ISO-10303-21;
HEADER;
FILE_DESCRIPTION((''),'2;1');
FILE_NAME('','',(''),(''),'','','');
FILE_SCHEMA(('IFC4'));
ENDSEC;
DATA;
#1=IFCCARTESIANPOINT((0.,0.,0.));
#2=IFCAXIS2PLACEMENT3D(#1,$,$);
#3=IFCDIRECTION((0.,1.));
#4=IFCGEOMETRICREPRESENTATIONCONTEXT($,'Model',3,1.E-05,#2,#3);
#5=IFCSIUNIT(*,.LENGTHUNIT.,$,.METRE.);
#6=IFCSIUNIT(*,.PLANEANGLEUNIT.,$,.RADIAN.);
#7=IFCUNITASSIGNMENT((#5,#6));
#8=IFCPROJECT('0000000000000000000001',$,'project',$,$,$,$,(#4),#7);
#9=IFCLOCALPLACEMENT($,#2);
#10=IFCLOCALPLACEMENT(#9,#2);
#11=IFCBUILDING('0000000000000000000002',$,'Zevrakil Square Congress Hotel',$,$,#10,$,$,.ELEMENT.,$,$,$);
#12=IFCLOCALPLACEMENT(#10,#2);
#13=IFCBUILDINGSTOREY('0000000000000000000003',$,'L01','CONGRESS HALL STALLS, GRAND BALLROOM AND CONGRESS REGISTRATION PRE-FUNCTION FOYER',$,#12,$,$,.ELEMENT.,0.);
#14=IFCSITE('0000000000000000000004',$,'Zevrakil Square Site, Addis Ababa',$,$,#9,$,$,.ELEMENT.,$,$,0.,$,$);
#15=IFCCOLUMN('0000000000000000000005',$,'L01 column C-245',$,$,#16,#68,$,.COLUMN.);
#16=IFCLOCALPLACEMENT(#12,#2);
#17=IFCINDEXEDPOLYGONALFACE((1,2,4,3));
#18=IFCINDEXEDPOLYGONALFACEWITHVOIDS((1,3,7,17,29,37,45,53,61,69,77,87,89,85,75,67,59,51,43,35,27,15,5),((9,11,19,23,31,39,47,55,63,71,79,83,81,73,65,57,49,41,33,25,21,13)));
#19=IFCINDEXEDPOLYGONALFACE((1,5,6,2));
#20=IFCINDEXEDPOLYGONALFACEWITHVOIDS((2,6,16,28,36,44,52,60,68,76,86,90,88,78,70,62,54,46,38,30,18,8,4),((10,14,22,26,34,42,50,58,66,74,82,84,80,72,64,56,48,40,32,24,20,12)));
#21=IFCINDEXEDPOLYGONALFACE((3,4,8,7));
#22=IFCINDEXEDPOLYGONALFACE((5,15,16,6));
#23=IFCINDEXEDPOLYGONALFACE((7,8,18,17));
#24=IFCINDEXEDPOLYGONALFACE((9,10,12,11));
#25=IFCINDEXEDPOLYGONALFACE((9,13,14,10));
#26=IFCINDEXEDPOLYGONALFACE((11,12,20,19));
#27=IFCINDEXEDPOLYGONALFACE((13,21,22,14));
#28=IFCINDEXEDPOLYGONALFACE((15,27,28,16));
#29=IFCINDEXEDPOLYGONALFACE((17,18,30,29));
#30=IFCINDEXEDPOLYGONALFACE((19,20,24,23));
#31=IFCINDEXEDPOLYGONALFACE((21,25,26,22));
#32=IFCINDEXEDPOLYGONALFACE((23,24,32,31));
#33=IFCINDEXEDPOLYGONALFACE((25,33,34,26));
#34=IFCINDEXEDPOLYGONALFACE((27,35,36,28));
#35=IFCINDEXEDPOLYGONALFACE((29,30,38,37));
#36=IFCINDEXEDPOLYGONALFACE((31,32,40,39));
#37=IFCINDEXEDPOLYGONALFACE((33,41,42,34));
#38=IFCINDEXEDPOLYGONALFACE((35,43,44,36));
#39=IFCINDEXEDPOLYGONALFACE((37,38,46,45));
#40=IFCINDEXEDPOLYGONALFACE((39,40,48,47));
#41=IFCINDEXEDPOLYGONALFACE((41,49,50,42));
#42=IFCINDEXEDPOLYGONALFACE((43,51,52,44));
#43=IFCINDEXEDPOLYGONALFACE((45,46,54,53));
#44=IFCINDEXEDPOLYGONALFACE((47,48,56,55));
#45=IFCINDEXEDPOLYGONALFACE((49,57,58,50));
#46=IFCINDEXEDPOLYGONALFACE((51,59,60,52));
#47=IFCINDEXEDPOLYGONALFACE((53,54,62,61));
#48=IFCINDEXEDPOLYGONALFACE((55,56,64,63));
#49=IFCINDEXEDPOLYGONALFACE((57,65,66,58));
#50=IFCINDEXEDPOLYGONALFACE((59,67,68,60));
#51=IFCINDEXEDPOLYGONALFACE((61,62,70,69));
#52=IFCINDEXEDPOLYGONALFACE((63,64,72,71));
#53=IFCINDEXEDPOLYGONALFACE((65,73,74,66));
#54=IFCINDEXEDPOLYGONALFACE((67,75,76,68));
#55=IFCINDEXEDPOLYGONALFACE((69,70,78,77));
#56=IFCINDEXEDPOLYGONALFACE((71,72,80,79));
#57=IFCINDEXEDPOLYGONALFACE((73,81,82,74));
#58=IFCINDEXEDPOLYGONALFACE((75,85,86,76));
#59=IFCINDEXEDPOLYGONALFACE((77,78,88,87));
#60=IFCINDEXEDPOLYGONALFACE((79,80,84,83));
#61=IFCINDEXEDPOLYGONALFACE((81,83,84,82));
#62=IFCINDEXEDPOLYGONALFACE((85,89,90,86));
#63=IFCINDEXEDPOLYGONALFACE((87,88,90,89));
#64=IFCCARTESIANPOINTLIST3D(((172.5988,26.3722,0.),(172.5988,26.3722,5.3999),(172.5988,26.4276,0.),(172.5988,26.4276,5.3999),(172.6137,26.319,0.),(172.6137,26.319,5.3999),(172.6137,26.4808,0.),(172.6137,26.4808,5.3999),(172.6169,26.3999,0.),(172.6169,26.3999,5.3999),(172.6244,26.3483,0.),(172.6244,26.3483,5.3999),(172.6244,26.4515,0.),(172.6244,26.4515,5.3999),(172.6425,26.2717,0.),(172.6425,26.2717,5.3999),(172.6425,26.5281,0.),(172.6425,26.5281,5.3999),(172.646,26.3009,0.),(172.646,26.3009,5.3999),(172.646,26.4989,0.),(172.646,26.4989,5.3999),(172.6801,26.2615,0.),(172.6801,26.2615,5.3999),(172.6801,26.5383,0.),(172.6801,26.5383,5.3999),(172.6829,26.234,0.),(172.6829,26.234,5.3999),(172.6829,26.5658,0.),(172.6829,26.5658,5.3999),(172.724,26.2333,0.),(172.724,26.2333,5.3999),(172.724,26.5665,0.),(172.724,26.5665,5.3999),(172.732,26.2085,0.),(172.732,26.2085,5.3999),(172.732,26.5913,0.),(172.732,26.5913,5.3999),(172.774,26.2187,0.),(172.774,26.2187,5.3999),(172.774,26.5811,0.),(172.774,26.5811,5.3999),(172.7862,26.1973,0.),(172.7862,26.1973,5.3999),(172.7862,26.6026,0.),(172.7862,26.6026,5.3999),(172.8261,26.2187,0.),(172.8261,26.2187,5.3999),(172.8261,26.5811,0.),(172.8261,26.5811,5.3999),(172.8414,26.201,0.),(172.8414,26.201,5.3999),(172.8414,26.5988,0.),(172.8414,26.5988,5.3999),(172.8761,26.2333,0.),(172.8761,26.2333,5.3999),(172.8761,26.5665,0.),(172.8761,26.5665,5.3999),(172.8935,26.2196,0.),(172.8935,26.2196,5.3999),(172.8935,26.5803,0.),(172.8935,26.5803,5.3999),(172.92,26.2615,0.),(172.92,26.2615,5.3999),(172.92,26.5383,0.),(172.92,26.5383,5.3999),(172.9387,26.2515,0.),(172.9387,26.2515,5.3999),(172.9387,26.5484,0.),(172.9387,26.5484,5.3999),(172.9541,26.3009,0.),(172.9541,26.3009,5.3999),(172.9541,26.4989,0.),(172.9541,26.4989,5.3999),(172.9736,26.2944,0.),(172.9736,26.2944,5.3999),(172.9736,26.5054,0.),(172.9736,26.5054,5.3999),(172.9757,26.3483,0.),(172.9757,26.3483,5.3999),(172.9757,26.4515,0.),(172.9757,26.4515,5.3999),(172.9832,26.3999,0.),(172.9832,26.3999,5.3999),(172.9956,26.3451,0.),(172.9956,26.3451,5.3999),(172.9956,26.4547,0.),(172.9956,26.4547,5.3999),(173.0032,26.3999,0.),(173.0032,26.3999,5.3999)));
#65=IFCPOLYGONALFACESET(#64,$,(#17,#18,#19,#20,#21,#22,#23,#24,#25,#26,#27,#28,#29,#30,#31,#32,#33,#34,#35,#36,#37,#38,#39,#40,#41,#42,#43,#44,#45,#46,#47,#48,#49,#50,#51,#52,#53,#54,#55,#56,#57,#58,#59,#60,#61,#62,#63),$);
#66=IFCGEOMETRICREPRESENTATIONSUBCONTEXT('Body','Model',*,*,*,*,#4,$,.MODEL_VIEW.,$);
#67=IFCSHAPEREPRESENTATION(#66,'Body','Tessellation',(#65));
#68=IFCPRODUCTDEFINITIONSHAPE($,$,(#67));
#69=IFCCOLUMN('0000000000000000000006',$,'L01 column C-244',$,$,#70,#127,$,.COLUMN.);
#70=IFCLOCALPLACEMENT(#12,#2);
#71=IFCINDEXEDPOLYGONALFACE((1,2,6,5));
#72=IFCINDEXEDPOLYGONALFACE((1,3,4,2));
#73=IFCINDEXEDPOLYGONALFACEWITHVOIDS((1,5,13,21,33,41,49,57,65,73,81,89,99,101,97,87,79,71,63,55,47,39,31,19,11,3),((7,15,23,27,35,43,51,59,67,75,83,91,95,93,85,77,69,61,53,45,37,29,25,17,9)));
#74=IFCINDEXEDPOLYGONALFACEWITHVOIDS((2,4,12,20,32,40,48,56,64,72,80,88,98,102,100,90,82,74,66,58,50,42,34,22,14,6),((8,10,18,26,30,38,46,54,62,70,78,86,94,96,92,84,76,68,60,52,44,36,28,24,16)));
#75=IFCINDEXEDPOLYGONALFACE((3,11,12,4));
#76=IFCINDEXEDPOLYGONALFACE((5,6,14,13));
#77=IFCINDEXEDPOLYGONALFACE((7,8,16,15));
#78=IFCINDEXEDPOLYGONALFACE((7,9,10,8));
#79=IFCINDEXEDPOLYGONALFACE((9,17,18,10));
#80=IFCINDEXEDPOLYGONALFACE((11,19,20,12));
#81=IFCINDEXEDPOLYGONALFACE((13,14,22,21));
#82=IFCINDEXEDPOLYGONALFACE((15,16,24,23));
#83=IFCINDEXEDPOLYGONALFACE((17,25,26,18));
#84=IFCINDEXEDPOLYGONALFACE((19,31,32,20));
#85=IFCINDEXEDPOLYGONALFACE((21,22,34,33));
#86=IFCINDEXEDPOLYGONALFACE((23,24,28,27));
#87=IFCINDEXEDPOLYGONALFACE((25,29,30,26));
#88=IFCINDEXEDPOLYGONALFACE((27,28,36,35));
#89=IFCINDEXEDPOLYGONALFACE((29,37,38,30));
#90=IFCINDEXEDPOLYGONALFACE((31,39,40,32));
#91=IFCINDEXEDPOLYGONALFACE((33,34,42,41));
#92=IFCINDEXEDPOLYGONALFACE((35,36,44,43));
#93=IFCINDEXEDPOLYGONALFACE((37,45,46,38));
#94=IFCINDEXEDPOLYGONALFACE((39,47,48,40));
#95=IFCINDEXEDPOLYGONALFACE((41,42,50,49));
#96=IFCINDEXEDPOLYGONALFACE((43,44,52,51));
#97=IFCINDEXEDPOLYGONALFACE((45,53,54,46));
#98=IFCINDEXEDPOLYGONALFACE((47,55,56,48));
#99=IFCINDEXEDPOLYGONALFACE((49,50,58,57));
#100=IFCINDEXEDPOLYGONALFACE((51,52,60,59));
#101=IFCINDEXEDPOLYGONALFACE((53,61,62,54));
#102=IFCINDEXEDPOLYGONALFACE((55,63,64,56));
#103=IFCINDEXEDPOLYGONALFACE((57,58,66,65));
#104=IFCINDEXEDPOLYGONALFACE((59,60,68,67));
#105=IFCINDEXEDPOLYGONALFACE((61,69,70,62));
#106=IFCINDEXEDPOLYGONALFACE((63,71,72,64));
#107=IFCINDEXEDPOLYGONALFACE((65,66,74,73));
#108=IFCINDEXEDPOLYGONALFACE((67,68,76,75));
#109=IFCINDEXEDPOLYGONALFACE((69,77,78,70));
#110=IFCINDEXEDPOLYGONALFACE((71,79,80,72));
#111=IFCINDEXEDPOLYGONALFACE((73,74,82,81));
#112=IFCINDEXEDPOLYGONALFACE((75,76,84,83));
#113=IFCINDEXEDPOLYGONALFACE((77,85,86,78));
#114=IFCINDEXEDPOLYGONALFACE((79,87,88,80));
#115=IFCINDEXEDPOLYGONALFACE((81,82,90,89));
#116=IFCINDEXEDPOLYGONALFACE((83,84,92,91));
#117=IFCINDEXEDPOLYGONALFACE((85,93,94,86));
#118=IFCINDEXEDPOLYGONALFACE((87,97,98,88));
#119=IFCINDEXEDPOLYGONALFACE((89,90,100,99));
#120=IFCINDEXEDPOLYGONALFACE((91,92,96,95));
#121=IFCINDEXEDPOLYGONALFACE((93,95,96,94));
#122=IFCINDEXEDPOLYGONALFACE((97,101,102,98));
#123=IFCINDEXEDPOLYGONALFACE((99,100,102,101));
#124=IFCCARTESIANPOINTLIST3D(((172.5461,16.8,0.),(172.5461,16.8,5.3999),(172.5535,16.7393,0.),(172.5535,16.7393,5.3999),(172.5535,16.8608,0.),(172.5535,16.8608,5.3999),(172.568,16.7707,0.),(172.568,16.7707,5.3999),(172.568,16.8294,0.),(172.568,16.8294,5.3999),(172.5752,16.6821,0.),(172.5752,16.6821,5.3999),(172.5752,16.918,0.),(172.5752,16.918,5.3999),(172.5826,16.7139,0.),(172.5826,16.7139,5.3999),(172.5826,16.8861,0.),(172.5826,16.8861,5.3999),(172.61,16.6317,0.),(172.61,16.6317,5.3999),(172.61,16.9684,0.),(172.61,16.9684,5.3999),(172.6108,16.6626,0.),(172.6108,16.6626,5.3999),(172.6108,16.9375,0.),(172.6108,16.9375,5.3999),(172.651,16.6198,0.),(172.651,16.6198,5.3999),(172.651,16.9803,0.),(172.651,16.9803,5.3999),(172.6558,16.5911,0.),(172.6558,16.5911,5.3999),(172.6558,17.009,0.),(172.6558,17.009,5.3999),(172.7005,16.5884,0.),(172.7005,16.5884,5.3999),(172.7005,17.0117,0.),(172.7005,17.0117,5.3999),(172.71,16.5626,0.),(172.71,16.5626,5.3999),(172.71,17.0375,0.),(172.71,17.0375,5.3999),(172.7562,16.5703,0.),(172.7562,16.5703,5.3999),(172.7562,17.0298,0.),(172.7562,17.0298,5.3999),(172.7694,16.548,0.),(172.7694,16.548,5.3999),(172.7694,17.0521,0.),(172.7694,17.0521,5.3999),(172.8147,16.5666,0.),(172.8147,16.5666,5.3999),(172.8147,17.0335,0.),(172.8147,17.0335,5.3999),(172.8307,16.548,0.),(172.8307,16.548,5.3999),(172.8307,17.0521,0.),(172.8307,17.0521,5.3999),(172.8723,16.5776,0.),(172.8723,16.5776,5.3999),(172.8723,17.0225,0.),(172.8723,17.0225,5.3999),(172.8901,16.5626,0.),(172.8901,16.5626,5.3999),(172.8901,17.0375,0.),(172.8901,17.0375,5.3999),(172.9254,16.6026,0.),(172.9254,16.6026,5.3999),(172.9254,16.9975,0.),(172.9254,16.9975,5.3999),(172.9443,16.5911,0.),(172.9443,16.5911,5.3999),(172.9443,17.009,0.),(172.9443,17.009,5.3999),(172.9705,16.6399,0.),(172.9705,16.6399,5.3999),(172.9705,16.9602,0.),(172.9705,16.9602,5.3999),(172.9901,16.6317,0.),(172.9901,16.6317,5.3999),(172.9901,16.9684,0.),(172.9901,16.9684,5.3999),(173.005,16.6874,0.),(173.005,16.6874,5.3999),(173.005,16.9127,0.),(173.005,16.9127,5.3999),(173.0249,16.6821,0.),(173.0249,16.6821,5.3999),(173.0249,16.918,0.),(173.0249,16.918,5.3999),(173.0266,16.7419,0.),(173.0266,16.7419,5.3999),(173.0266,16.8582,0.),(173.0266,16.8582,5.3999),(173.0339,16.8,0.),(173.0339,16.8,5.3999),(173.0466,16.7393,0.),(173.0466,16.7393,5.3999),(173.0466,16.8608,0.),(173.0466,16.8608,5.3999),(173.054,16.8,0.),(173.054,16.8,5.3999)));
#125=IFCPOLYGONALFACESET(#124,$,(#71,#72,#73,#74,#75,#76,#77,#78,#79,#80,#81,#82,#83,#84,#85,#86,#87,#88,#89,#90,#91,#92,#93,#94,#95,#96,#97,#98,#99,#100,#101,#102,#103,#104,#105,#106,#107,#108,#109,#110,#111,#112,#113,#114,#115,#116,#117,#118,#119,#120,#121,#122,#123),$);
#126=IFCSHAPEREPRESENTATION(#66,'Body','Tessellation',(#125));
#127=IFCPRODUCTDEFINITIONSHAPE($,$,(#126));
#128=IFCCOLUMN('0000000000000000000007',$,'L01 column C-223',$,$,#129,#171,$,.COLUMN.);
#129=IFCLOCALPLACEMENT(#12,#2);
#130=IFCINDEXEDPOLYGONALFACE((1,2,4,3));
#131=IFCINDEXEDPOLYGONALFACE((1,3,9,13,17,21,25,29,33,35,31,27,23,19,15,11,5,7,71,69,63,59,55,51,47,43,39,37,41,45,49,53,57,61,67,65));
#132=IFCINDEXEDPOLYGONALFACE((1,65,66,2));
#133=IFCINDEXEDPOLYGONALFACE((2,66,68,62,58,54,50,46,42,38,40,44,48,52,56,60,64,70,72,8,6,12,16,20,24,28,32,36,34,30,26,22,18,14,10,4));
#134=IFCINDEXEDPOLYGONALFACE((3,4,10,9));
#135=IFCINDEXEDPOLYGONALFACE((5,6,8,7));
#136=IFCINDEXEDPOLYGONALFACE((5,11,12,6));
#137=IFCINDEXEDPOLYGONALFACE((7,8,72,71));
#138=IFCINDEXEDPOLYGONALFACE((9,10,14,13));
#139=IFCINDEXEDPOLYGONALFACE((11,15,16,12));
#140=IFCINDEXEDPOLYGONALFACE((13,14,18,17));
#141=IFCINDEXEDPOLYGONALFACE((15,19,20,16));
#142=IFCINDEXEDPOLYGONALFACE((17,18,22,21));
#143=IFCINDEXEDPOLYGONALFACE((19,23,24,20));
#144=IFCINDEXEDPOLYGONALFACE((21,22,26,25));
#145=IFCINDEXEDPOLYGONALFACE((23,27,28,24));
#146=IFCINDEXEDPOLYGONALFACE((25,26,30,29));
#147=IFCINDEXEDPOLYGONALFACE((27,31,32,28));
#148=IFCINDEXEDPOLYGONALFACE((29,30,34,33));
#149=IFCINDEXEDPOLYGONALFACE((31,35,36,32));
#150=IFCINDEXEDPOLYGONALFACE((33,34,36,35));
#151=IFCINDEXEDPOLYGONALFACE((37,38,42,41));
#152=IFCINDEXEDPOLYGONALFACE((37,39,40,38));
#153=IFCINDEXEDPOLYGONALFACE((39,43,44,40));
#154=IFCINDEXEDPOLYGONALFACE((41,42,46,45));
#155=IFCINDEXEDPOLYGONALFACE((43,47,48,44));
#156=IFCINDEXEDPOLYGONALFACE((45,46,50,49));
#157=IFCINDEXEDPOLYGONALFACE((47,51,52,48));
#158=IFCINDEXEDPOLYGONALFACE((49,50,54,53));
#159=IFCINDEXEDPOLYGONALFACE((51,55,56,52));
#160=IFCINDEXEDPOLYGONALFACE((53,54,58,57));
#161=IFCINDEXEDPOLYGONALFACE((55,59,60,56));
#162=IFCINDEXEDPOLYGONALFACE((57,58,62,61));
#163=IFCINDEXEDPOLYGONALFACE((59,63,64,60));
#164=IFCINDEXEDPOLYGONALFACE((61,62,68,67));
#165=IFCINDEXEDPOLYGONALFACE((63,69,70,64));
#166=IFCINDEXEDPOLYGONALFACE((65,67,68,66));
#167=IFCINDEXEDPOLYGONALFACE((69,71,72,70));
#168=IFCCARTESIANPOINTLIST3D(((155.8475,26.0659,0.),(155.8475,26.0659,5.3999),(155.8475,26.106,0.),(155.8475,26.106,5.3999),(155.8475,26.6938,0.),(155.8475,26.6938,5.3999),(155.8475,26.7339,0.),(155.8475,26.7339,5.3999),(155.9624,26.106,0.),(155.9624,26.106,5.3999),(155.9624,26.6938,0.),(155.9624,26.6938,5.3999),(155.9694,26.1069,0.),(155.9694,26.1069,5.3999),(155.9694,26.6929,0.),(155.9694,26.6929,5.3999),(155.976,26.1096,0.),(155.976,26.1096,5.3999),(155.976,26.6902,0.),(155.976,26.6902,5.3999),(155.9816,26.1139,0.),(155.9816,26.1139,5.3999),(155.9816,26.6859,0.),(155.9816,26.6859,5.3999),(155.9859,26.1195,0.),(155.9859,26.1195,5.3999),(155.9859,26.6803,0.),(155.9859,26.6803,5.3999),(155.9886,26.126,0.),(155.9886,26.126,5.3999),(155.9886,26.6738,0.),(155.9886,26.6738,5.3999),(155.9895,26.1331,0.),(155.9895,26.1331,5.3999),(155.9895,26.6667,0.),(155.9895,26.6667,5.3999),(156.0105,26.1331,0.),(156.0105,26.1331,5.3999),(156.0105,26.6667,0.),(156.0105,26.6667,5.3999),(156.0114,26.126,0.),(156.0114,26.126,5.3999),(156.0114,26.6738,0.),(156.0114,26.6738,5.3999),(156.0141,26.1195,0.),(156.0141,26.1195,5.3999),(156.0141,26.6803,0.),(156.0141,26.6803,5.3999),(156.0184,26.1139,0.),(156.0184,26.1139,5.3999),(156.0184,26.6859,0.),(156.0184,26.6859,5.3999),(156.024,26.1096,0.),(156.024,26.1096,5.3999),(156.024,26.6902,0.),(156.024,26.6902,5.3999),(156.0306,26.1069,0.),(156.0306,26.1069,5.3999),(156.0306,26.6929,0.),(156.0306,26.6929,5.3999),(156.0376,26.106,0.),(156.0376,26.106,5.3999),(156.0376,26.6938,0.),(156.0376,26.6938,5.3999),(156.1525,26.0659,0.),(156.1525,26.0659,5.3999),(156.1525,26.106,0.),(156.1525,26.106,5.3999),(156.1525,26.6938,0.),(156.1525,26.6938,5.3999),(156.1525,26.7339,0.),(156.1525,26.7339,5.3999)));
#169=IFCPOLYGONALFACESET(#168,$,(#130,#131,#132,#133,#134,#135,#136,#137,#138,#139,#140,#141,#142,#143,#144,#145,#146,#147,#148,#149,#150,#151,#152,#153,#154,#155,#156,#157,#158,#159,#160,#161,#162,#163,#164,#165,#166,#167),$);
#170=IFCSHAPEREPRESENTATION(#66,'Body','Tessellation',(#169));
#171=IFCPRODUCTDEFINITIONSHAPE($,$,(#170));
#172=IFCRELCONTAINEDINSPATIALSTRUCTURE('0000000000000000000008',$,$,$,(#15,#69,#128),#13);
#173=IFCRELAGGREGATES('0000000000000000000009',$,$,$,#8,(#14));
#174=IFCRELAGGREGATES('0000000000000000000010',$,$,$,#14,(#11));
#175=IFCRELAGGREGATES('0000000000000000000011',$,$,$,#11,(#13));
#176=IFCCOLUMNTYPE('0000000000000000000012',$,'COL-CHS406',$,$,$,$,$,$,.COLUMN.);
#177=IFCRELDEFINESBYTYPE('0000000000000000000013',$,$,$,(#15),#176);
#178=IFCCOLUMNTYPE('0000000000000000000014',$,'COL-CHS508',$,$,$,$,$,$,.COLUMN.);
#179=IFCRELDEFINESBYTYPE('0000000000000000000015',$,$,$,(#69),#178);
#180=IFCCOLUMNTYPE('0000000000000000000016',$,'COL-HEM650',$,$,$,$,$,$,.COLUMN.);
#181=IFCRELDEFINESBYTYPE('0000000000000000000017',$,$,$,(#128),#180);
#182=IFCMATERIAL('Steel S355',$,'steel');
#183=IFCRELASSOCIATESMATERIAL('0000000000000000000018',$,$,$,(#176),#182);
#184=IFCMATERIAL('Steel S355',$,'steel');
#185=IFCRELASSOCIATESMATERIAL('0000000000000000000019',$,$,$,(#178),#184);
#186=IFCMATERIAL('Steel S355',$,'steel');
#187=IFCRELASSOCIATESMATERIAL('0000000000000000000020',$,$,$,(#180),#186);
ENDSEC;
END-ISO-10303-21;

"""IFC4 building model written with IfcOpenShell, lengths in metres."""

from ifc_helpers import new_model, si_unit, direction, frame, origin, origin_2d, place, context, subcontext, project, spatial, hollow_circle, i_section, extrude, material, material_profile, profile_set, type_object, element, save


model = new_model("IFC4")

# Units and contexts
model_context = context("Model", 3, precision=1e-05, world=origin(), true_north=direction((0.0, 1.0)))
body_context = subcontext(model_context, "Body", "Model", "MODEL_VIEW")
ifc_project = project(units=[si_unit("LENGTHUNIT", "METRE"), si_unit("PLANEANGLEUNIT", "RADIAN")], contexts=[model_context])

# Site, building, storey
site_placement = place(None, origin())
site = spatial("IfcSite", under=ifc_project, at=site_placement, Name="Zevrakil Square Site, Addis Ababa", CompositionType="ELEMENT", RefElevation=0.0)
building_placement = place(site_placement, origin())
building = spatial("IfcBuilding", under=site, at=building_placement, Name="Zevrakil Square Congress Hotel", CompositionType="ELEMENT")
storey_placement = place(building_placement, origin())
storey = spatial("IfcBuildingStorey", under=building, at=storey_placement, Name="L01", Description="CONGRESS HALL STALLS, GRAND BALLROOM AND CONGRESS REGISTRATION PRE-FUNCTION FOYER", CompositionType="ELEMENT", Elevation=0.0)

# Columns
ifc_material_1 = material(Name="Steel S355", Category="steel")
ifc_material_profile_1 = material_profile(ifc_material_1, hollow_circle(Radius=0.2031, WallThickness=0.02, at=origin_2d()), Name="CHS 406.4x20")
ifc_profile_set_1 = profile_set([ifc_material_profile_1], Name="Steel S355")
column_type_1 = type_object("IfcColumnType", Name="COL-CHS406", PredefinedType="COLUMN", material=ifc_profile_set_1)
column_1_placement = place(storey_placement, frame((172.8, 26.3999, 0.0), z_axis=(0.0, 0.0, 1.0), x_axis=(1.0, 0.0, 0.0)))
element("IfcColumn", 1, at=column_1_placement, inside=storey, type_object=column_type_1, Name="L01 column C-245", PredefinedType="COLUMN", context=body_context, shape_type="SweptSolid", body=[
    extrude(hollow_circle(Radius=0.2031, WallThickness=0.02, at=origin_2d()), origin(), (0.0, 0.0, 1.0), 5.3999),
])
ifc_material_2 = material(Name="Steel S355", Category="steel")
ifc_material_profile_2 = material_profile(ifc_material_2, hollow_circle(Radius=0.2539, WallThickness=0.02, at=origin_2d()), Name="CHS 508x20")
ifc_profile_set_2 = profile_set([ifc_material_profile_2], Name="Steel S355")
column_type_2 = type_object("IfcColumnType", Name="COL-CHS508", PredefinedType="COLUMN", material=ifc_profile_set_2)
column_2_placement = place(storey_placement, frame((172.8, 16.8, 0.0), z_axis=(0.0, 0.0, 1.0), x_axis=(1.0, 0.0, 0.0)))
element("IfcColumn", 2, at=column_2_placement, inside=storey, type_object=column_type_2, Name="L01 column C-244", PredefinedType="COLUMN", context=body_context, shape_type="SweptSolid", body=[
    extrude(hollow_circle(Radius=0.2539, WallThickness=0.02, at=origin_2d()), origin(), (0.0, 0.0, 1.0), 5.3999),
])
ifc_material_3 = material(Name="Steel S355", Category="steel")
ifc_material_profile_3 = material_profile(ifc_material_3, i_section(OverallWidth=0.3049, OverallDepth=0.668, WebThickness=0.021, FlangeThickness=0.04, FilletRadius=0.0271, at=origin_2d()), Name="HEM 650")
ifc_profile_set_3 = profile_set([ifc_material_profile_3], Name="Steel S355")
column_type_3 = type_object("IfcColumnType", Name="COL-HEM650", PredefinedType="COLUMN", material=ifc_profile_set_3)
for number, where, z_axis, x_axis, name in (
    (3, (156.0, 26.3999, 0.0), (0.0, 0.0, 1.0), (1.0, 0.0, 0.0), "L01 column C-223"),
):
    element("IfcColumn", number, at=place(storey_placement, frame(where, z_axis=z_axis, x_axis=x_axis)), inside=storey, type_object=column_type_3, Name=name, PredefinedType="COLUMN", context=body_context, shape_type="SweptSolid", body=[
        extrude(i_section(OverallWidth=0.3049, OverallDepth=0.668, WebThickness=0.021, FlangeThickness=0.04, FilletRadius=0.0271, at=origin_2d()), origin(), (0.0, 0.0, 1.0), 5.3999),
    ])

save(model, "model.ifc")
